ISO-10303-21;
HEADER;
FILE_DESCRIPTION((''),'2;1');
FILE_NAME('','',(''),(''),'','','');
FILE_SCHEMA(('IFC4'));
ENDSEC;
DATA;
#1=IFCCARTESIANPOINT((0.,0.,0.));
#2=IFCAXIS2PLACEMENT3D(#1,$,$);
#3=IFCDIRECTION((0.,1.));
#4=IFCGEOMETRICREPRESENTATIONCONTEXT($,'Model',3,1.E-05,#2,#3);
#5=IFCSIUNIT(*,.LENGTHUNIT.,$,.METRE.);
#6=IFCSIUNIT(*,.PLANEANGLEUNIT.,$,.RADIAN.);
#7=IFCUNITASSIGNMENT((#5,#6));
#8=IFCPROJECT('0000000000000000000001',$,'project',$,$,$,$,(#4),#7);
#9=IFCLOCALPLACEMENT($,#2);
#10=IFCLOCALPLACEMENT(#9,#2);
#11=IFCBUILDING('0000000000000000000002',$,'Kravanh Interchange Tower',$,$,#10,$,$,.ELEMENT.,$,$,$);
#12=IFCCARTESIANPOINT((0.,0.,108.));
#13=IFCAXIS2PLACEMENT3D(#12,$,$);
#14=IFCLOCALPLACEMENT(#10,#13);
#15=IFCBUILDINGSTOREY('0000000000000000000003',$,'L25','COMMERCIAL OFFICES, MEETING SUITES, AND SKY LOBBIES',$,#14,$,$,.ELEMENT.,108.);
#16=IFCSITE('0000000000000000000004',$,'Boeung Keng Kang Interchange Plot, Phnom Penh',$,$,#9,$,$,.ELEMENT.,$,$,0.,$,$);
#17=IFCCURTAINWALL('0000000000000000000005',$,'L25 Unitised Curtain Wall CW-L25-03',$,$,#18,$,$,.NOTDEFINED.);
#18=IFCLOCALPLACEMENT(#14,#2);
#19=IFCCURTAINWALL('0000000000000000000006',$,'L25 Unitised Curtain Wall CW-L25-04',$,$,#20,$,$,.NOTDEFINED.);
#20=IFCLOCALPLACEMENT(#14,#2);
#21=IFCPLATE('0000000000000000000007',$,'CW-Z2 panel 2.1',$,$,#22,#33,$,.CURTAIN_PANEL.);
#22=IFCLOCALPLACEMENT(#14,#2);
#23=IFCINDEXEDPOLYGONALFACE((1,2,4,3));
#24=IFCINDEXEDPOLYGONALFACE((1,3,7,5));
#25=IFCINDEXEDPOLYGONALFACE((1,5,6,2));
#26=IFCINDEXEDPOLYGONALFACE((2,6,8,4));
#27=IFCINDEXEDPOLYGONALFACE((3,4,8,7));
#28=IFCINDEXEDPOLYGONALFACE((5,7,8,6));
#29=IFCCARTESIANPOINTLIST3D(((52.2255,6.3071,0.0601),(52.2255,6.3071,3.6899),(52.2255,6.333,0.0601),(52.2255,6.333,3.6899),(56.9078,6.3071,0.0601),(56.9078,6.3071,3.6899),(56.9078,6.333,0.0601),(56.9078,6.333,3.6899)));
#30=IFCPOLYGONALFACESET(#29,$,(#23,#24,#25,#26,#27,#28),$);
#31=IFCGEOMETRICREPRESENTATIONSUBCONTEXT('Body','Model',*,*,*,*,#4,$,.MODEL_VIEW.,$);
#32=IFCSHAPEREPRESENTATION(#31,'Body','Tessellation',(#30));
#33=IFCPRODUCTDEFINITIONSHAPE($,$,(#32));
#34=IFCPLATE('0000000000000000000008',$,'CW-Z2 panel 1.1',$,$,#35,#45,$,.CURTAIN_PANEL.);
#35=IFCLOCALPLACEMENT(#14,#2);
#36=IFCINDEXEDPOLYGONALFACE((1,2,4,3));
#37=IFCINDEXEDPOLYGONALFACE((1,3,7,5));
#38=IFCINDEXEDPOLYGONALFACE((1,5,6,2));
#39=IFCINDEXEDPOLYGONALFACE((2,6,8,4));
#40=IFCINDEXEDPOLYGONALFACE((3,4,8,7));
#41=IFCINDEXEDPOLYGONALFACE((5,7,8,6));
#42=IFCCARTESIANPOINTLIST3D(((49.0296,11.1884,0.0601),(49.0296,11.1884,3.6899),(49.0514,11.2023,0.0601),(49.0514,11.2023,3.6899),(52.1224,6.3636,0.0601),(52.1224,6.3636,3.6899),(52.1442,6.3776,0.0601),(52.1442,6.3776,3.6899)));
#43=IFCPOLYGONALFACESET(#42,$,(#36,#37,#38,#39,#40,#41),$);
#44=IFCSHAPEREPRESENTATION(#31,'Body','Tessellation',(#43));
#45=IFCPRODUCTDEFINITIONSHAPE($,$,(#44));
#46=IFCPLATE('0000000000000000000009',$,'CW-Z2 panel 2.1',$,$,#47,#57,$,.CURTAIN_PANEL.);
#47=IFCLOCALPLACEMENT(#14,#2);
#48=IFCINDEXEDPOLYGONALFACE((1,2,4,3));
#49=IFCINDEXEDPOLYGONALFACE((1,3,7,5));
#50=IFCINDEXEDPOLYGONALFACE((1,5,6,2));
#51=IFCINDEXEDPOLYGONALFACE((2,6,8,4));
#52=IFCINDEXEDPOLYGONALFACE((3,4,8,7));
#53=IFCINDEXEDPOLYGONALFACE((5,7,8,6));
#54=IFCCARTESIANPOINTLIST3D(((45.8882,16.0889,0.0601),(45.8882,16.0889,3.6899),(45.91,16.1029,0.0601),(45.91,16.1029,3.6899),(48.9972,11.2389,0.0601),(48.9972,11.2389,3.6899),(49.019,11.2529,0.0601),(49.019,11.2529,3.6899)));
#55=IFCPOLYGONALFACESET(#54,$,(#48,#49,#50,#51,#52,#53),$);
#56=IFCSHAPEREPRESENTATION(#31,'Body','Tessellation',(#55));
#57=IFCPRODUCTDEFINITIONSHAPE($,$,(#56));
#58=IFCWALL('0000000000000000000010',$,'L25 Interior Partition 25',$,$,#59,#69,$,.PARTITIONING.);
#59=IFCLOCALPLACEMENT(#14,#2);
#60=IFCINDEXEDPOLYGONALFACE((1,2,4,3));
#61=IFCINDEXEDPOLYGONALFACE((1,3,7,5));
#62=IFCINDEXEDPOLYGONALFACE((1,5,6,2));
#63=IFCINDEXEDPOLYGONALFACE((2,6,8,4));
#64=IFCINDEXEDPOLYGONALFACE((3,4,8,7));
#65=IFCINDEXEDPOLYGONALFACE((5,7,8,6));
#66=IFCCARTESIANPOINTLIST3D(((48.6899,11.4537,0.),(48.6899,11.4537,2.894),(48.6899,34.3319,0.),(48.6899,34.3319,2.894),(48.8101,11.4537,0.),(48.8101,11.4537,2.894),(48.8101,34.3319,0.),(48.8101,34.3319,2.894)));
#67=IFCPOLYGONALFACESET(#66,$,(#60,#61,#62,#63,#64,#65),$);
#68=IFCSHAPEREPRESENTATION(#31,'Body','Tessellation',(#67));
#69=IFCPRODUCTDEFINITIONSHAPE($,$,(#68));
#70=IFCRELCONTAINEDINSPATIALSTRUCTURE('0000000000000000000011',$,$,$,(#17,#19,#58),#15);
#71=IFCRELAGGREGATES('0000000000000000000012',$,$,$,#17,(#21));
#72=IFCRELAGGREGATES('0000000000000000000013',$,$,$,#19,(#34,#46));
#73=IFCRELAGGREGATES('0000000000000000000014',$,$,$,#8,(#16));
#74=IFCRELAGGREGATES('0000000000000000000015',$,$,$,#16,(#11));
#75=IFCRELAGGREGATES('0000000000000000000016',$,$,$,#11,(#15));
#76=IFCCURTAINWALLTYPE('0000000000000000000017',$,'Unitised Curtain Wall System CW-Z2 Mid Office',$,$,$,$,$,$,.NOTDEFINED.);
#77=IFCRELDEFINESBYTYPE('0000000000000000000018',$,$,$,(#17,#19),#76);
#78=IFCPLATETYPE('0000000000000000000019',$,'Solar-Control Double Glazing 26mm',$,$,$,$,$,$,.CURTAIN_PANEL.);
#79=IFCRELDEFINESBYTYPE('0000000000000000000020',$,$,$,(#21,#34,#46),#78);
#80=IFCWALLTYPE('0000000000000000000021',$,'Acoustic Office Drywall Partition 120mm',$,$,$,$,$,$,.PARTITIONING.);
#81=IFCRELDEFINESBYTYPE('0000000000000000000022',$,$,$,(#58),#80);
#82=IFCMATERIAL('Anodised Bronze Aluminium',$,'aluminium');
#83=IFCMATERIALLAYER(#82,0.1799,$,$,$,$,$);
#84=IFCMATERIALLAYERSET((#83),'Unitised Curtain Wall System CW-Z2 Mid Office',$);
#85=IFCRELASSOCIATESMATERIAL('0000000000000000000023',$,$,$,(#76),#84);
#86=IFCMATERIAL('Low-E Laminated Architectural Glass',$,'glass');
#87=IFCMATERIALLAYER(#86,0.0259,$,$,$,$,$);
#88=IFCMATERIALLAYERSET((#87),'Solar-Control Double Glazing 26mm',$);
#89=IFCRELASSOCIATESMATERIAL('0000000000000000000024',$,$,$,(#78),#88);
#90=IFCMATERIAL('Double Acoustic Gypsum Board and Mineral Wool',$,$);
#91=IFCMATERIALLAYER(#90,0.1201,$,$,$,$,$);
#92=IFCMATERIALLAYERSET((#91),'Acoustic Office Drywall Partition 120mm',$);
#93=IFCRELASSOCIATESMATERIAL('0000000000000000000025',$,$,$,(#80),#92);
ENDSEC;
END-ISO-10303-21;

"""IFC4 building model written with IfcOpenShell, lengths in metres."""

from ifc_helpers import new_model, si_unit, direction, frame, frame_2d, origin, origin_2d, place, context, subcontext, project, spatial, rectangle, extrude, material, layer, layer_set, type_object, element, aggregate, save


model = new_model("IFC4")

# Units and contexts
model_context = context("Model", 3, precision=1e-05, world=origin(), true_north=direction((0.0, 1.0)))
body_context = subcontext(model_context, "Body", "Model", "MODEL_VIEW")
ifc_project = project(units=[si_unit("LENGTHUNIT", "METRE"), si_unit("PLANEANGLEUNIT", "RADIAN")], contexts=[model_context])

# Site, building, storey
site_placement = place(None, origin())
site = spatial("IfcSite", under=ifc_project, at=site_placement, Name="Boeung Keng Kang Interchange Plot, Phnom Penh", CompositionType="ELEMENT", RefElevation=0.0)
building_placement = place(site_placement, origin())
building = spatial("IfcBuilding", under=site, at=building_placement, Name="Kravanh Interchange Tower", CompositionType="ELEMENT")
storey_placement = place(building_placement, frame((0.0, 0.0, 108.0)))
storey = spatial("IfcBuildingStorey", under=building, at=storey_placement, Name="L25", Description="COMMERCIAL OFFICES, MEETING SUITES, AND SKY LOBBIES", CompositionType="ELEMENT", Elevation=108.0)

# Curtain wall
ifc_material_1 = material(Name="Anodised Bronze Aluminium", Category="aluminium")
ifc_layer_1 = layer(ifc_material_1, 0.1799)
ifc_layer_set_1 = layer_set([ifc_layer_1], Name="Unitised Curtain Wall System CW-Z2 Mid Office")
curtain_wall_type = type_object("IfcCurtainWallType", Name="Unitised Curtain Wall System CW-Z2 Mid Office", PredefinedType="NOTDEFINED", material=ifc_layer_set_1)
curtain_wall_1_placement = place(storey_placement, origin())
curtain_wall_1 = element("IfcCurtainWall", 1, at=curtain_wall_1_placement, inside=storey, type_object=curtain_wall_type, Name="L25 Unitised Curtain Wall CW-L25-03", PredefinedType="NOTDEFINED")

# Curtain wall
curtain_wall_2_placement = place(storey_placement, origin())
curtain_wall_2 = element("IfcCurtainWall", 2, at=curtain_wall_2_placement, inside=storey, type_object=curtain_wall_type, Name="L25 Unitised Curtain Wall CW-L25-04", PredefinedType="NOTDEFINED")

# Plates
ifc_material_2 = material(Name="Low-E Laminated Architectural Glass", Category="glass")
ifc_layer_2 = layer(ifc_material_2, 0.0259)
ifc_layer_set_2 = layer_set([ifc_layer_2], Name="Solar-Control Double Glazing 26mm")
plate_type = type_object("IfcPlateType", Name="Solar-Control Double Glazing 26mm", PredefinedType="CURTAIN_PANEL", material=ifc_layer_set_2)
plate_1_placement = place(storey_placement, frame((54.5667, 6.3201, 0.0601), z_axis=(0.0, 0.0, 1.0), x_axis=(-1.0, 0.0, 0.0)))
plate_1 = element("IfcPlate", 3, at=plate_1_placement, type_object=plate_type, Name="CW-Z2 panel 2.1", PredefinedType="CURTAIN_PANEL", context=body_context, shape_type="SweptSolid", body=[
    extrude(rectangle(XDim=4.6824, YDim=0.0259, at=origin_2d()), origin(), (0.0, 0.0, 1.0), 3.6299),
])
aggregate(curtain_wall_1, [plate_1])
plate_2_placement = place(storey_placement, frame((50.5869, 8.783, 0.0601), z_axis=(0.0, 0.0, 1.0), x_axis=(-0.539665, 0.84188, 0.0)))
plate_2 = element("IfcPlate", 4, at=plate_2_placement, type_object=plate_type, Name="CW-Z2 panel 1.1", PredefinedType="CURTAIN_PANEL", context=body_context, shape_type="SweptSolid", body=[
    extrude(rectangle(XDim=5.731, YDim=0.0259, at=origin_2d()), origin(), (0.0, 0.0, 1.0), 3.6299),
])
plate_3_placement = place(storey_placement, frame((47.4536, 13.6709, 0.0601), z_axis=(0.0, 0.0, 1.0), x_axis=(-0.539665, 0.84188, 0.0)))
plate_3 = element("IfcPlate", 5, at=plate_3_placement, type_object=plate_type, Name="CW-Z2 panel 2.1", PredefinedType="CURTAIN_PANEL", context=body_context, shape_type="SweptSolid", body=[
    extrude(rectangle(XDim=5.761, YDim=0.0259, at=origin_2d()), origin(), (0.0, 0.0, 1.0), 3.6299),
])
aggregate(curtain_wall_2, [plate_2, plate_3])

# Wall
ifc_material_3 = material(Name="Double Acoustic Gypsum Board and Mineral Wool")
ifc_layer_3 = layer(ifc_material_3, 0.1201)
ifc_layer_set_3 = layer_set([ifc_layer_3], Name="Acoustic Office Drywall Partition 120mm")
wall_type = type_object("IfcWallType", Name="Acoustic Office Drywall Partition 120mm", PredefinedType="PARTITIONING", material=ifc_layer_set_3)
wall_placement = place(storey_placement, frame((48.75, 11.4539, 0.0), z_axis=(0.0, 0.0, 1.0), x_axis=(0.0, 1.0, 0.0)))
element("IfcWall", 6, at=wall_placement, inside=storey, type_object=wall_type, Name="L25 Interior Partition 25", PredefinedType="PARTITIONING", context=body_context, shape_type="SweptSolid", body=[
    extrude(rectangle(XDim=22.8782, YDim=0.1201, at=frame_2d((11.439, 0.0))), origin(), (0.0, 0.0, 1.0), 2.894),
])

save(model, "model.ifc")
